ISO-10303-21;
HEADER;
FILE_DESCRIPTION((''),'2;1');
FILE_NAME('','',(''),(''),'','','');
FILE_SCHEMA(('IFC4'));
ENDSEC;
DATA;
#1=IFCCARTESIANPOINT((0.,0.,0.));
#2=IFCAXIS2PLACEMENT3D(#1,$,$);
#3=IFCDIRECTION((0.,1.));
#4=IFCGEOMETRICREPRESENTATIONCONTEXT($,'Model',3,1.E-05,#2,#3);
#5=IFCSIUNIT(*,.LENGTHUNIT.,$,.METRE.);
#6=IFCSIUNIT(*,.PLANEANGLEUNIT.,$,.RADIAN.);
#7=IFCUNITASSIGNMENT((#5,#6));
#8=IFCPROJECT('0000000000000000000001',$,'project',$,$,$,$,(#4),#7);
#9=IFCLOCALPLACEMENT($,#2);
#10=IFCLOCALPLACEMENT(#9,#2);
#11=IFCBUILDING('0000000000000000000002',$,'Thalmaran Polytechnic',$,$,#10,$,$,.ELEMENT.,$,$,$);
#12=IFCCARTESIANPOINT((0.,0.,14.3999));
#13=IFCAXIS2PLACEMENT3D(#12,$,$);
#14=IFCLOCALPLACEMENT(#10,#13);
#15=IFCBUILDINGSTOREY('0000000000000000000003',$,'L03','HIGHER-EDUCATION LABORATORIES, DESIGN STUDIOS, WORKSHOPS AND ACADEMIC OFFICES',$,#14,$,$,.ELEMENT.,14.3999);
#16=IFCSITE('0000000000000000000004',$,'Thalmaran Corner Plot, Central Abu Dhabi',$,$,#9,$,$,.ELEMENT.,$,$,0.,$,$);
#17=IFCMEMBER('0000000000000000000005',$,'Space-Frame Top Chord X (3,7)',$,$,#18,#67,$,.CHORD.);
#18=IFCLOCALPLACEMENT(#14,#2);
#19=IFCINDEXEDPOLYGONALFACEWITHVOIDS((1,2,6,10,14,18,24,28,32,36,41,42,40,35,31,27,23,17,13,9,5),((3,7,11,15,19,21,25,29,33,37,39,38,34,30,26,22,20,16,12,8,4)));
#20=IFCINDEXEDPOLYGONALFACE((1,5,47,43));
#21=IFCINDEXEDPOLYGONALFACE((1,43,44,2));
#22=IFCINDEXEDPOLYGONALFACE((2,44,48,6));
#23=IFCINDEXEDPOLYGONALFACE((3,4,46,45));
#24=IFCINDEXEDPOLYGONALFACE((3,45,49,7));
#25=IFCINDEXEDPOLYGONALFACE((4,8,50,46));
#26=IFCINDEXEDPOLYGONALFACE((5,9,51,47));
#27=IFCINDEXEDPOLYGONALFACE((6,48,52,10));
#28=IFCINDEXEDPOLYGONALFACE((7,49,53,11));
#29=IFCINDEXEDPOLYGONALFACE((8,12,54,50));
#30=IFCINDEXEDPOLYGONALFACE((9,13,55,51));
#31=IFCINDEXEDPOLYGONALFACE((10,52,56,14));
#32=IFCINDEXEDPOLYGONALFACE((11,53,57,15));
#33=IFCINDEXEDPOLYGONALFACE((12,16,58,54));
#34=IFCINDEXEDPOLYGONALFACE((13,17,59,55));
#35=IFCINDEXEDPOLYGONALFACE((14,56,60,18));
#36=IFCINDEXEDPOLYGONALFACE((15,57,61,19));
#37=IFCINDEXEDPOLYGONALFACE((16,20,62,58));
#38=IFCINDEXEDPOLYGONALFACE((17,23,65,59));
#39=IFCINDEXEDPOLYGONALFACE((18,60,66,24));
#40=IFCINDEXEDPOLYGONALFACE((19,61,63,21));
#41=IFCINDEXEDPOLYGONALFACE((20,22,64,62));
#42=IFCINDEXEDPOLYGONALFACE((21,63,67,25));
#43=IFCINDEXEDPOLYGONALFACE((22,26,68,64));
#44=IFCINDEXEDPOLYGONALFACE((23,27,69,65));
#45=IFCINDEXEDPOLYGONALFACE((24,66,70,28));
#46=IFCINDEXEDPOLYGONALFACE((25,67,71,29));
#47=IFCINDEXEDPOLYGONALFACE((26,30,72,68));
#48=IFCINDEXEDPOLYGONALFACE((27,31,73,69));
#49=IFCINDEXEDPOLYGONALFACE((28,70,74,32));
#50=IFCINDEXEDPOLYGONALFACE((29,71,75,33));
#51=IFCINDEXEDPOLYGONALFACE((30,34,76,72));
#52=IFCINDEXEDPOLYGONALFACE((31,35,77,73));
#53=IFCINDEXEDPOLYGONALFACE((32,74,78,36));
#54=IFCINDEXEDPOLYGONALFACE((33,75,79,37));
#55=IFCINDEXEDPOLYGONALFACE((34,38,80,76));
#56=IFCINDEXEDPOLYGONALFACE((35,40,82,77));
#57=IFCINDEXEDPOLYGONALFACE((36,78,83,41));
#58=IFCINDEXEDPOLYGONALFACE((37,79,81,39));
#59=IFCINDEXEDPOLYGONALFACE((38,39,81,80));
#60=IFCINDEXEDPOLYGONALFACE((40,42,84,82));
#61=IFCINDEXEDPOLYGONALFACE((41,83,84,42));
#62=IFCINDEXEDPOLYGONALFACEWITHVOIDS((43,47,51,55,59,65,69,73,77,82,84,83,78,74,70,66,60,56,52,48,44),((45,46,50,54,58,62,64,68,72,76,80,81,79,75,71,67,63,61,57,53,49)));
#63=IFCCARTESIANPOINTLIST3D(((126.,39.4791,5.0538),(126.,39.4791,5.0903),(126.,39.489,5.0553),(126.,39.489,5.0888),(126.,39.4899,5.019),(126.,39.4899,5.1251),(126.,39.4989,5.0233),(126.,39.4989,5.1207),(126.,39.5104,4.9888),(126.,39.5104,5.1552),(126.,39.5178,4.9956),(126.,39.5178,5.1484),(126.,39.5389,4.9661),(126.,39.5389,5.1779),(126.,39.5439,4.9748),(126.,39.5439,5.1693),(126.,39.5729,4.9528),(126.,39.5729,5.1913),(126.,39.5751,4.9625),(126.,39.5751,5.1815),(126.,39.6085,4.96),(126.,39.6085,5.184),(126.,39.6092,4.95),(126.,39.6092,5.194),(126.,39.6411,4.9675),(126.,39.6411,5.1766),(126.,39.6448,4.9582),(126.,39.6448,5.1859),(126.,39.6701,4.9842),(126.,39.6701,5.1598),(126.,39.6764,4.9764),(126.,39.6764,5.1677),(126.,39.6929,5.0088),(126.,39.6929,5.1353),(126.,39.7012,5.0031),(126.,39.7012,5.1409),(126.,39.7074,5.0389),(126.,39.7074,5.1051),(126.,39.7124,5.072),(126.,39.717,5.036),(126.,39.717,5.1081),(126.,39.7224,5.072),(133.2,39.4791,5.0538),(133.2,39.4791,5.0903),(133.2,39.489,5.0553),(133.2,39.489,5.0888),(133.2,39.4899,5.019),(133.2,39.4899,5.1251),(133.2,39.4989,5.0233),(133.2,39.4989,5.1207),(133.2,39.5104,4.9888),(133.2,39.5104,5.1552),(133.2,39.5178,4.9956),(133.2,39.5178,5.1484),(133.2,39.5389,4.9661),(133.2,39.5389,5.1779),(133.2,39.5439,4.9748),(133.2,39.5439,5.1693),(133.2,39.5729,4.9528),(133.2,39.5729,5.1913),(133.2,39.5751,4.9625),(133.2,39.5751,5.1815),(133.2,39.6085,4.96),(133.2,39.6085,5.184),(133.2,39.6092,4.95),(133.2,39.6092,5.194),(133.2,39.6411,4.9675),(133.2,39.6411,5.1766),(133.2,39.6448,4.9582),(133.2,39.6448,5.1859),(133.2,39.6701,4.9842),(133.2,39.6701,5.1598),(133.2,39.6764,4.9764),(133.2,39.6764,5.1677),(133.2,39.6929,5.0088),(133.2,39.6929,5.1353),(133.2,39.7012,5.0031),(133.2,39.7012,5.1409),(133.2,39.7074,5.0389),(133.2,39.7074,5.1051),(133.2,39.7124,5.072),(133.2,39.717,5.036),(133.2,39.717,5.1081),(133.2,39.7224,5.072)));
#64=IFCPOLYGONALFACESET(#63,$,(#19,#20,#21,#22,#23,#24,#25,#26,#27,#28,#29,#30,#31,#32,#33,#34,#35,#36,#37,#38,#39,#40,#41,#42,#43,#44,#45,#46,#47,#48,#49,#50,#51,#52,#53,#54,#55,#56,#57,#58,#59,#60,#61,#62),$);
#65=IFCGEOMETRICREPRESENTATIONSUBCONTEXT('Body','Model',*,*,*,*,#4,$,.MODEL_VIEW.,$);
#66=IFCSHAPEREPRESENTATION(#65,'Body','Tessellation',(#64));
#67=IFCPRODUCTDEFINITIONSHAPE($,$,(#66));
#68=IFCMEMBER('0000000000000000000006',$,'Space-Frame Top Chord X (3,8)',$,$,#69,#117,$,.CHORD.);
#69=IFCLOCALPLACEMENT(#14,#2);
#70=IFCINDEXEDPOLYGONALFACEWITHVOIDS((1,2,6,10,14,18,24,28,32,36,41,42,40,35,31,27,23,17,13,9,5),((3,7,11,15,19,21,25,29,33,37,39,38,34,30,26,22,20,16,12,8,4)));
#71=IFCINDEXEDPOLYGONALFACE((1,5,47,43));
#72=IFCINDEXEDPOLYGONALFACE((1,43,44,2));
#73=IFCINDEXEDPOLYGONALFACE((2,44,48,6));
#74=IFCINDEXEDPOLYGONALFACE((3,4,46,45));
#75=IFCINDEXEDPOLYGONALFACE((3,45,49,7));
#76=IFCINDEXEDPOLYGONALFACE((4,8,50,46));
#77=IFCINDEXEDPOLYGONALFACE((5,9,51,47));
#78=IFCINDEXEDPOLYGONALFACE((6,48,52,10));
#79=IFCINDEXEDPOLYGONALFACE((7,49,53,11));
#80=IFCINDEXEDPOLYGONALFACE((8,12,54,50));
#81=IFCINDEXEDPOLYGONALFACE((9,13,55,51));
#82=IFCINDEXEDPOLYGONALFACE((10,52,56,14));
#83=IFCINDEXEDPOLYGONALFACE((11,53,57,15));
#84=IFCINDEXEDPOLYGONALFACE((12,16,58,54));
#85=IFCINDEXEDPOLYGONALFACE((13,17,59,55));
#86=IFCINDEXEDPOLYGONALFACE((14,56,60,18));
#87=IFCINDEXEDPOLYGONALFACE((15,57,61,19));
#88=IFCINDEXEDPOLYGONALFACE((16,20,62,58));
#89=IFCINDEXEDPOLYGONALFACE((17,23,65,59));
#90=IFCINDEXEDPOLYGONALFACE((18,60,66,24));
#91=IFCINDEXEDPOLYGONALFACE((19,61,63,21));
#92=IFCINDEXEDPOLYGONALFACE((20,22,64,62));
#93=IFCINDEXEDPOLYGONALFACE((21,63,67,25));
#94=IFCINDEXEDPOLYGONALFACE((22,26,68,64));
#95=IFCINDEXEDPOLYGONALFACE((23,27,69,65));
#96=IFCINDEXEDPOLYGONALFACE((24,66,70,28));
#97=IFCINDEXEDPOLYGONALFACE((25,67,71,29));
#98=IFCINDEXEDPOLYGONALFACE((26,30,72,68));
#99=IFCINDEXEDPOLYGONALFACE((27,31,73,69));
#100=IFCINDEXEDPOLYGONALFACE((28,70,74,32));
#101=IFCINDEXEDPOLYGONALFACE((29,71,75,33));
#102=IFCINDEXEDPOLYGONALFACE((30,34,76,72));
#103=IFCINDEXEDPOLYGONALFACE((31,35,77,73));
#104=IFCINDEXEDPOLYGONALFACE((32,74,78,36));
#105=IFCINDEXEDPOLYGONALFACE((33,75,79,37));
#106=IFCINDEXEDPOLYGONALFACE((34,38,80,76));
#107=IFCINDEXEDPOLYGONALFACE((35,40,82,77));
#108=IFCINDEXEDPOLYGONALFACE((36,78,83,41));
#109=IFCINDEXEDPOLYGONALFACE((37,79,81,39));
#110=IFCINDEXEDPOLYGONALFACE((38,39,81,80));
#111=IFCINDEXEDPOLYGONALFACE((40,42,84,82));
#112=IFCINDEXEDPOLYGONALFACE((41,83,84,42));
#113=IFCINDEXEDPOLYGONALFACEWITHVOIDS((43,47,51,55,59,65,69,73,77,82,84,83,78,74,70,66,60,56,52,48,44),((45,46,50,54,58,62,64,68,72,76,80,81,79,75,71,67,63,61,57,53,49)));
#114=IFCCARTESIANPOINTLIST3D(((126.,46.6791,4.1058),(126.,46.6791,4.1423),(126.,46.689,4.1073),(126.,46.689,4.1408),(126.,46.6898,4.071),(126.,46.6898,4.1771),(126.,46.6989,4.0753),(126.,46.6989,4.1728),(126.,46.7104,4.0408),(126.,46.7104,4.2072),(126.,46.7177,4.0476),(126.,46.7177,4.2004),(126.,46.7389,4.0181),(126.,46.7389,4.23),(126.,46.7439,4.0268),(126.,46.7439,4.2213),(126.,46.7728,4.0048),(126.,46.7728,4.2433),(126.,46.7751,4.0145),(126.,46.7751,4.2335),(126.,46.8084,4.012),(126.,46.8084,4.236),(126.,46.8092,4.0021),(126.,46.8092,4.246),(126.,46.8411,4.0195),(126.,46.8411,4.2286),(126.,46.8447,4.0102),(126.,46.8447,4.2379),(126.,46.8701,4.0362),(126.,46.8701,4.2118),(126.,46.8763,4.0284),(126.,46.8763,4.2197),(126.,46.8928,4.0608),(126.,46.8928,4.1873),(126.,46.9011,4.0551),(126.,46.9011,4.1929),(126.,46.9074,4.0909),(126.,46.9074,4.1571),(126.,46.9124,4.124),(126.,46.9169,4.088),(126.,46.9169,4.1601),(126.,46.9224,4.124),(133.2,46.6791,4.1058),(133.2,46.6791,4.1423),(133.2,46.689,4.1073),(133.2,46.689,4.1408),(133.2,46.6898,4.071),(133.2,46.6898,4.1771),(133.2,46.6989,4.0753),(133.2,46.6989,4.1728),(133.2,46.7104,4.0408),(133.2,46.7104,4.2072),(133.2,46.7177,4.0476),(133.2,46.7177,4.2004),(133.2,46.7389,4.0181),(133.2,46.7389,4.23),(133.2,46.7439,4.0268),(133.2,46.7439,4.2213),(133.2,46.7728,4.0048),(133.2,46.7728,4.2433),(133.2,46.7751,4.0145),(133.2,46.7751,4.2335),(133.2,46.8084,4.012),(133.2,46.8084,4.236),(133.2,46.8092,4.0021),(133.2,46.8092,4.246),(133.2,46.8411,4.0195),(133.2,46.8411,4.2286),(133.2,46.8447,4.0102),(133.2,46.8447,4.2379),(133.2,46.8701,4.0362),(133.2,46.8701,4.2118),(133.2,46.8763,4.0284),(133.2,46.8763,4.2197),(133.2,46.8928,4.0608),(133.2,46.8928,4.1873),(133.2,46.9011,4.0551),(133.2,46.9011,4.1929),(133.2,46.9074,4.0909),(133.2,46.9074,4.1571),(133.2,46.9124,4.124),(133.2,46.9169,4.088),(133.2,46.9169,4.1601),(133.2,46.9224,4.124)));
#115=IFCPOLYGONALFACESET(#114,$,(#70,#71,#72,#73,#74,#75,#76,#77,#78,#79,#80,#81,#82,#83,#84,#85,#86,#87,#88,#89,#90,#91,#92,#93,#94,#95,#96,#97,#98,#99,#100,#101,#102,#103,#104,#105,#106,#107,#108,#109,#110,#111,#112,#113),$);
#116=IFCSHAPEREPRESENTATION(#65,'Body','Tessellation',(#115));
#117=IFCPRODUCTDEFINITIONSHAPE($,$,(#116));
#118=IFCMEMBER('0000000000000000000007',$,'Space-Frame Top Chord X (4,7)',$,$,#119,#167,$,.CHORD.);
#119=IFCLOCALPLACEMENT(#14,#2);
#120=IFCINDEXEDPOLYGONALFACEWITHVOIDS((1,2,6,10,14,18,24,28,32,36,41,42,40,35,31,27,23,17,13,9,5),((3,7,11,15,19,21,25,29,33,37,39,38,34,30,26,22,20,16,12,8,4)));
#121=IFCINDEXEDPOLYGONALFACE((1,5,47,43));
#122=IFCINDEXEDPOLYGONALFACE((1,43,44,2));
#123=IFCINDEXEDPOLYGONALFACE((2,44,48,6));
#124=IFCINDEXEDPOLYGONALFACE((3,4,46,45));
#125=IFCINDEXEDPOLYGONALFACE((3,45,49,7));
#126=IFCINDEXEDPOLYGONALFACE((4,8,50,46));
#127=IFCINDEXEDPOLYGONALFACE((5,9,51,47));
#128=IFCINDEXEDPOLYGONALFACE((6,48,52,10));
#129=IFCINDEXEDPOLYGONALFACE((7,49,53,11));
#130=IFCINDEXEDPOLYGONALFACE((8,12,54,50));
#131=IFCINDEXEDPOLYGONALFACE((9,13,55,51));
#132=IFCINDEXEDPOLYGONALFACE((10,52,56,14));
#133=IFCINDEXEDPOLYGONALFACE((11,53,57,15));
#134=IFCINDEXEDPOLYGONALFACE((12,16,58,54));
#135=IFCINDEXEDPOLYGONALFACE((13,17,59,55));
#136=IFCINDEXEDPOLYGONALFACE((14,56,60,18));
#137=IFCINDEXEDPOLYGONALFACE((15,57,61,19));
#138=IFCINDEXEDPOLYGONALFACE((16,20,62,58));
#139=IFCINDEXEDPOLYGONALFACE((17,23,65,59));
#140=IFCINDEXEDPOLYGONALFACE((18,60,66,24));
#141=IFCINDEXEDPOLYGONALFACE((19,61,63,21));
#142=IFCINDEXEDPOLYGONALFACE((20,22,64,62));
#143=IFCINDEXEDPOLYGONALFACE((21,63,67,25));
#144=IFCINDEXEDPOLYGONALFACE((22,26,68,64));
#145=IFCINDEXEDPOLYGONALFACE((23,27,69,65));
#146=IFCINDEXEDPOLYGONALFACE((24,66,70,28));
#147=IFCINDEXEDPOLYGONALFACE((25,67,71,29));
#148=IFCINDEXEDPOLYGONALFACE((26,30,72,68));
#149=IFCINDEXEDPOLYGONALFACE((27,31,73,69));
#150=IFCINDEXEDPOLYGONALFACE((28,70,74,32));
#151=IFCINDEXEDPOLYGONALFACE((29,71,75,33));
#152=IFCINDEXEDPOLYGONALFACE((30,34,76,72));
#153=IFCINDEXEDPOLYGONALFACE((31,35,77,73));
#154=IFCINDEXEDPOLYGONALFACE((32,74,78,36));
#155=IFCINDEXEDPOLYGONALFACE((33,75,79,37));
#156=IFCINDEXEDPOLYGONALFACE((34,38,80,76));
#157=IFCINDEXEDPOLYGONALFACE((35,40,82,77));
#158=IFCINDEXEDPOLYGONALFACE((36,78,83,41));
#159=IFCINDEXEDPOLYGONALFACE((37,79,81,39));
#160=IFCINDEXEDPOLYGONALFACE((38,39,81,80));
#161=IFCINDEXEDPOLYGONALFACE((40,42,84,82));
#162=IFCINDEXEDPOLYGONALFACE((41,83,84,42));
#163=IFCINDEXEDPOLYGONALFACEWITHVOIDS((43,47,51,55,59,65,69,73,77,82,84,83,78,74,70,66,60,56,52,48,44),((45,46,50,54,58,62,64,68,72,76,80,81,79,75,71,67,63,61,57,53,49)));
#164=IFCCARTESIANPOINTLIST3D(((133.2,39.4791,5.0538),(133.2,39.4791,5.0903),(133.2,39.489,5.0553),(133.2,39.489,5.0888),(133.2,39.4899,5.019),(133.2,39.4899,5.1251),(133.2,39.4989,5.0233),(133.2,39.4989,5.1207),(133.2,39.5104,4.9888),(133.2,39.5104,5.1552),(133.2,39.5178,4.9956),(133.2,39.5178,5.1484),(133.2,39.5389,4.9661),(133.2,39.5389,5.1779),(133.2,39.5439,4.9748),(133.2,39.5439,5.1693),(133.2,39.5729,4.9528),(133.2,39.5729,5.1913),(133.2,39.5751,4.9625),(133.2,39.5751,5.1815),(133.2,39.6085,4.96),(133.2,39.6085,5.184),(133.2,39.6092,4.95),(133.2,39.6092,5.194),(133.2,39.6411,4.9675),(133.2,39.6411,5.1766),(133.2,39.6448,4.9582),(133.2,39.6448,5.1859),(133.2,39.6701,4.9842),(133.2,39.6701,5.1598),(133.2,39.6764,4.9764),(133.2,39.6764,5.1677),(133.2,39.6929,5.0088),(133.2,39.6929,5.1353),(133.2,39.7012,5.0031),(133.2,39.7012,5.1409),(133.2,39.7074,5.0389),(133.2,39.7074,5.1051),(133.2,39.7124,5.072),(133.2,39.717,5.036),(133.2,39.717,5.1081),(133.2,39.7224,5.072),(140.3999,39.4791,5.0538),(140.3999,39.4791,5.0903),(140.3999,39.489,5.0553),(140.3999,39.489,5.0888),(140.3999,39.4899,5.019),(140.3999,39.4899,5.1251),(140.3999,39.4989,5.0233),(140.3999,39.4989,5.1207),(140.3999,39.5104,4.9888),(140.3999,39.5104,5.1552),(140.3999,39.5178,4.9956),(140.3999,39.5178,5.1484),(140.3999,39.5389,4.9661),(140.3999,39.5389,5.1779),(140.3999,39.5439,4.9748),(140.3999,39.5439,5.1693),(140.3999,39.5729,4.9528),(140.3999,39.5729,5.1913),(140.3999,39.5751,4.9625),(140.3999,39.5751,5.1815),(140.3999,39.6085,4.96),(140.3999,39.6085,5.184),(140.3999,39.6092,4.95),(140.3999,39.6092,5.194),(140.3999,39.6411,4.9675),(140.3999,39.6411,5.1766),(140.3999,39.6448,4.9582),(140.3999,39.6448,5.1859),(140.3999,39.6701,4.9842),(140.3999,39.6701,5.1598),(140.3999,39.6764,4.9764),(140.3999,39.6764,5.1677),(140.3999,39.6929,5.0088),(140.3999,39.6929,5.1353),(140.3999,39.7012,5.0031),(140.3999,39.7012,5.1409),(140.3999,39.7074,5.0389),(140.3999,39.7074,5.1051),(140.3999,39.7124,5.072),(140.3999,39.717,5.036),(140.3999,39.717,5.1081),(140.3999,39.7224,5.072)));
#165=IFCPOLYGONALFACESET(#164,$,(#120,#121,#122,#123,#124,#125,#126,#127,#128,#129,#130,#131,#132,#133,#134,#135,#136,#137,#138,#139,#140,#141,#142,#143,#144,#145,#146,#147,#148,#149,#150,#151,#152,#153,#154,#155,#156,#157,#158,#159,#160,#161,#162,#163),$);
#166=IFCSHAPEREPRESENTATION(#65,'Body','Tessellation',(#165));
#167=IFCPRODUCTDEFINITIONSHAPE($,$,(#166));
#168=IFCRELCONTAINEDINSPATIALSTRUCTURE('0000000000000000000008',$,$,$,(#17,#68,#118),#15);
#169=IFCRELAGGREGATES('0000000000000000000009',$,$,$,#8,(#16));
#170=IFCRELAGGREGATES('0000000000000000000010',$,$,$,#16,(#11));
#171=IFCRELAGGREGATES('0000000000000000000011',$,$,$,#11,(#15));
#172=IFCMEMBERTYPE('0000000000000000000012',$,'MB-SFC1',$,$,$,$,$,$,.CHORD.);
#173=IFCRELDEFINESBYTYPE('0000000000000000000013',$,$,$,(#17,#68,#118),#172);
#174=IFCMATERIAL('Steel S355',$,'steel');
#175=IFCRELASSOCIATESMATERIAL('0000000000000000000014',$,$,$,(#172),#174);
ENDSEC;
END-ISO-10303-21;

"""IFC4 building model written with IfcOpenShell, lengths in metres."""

from ifc_helpers import new_model, si_unit, direction, frame, origin, origin_2d, place, context, subcontext, project, spatial, hollow_circle, extrude, material, material_profile, profile_set, type_object, element, save


model = new_model("IFC4")

# Units and contexts
model_context = context("Model", 3, precision=1e-05, world=origin(), true_north=direction((0.0, 1.0)))
body_context = subcontext(model_context, "Body", "Model", "MODEL_VIEW")
ifc_project = project(units=[si_unit("LENGTHUNIT", "METRE"), si_unit("PLANEANGLEUNIT", "RADIAN")], contexts=[model_context])

# Site, building, storey
site_placement = place(None, origin())
site = spatial("IfcSite", under=ifc_project, at=site_placement, Name="Thalmaran Corner Plot, Central Abu Dhabi", CompositionType="ELEMENT", RefElevation=0.0)
building_placement = place(site_placement, origin())
building = spatial("IfcBuilding", under=site, at=building_placement, Name="Thalmaran Polytechnic", CompositionType="ELEMENT")
storey_placement = place(building_placement, frame((0.0, 0.0, 14.3999)))
storey = spatial("IfcBuildingStorey", under=building, at=storey_placement, Name="L03", Description="HIGHER-EDUCATION LABORATORIES, DESIGN STUDIOS, WORKSHOPS AND ACADEMIC OFFICES", CompositionType="ELEMENT", Elevation=14.3999)

# Members
ifc_material = material(Name="Steel S355", Category="steel")
ifc_material_profile_1 = material_profile(ifc_material, hollow_circle(Radius=0.1223, WallThickness=0.01, at=origin_2d()), Name="CHS 244.5x10.0")
ifc_profile_set_1 = profile_set([ifc_material_profile_1], Name="Steel S355")
member_type_1 = type_object("IfcMemberType", Name="MB-SFC1", PredefinedType="CHORD", material=ifc_profile_set_1)
for number, where, z_axis, x_axis, name in (
    (1, (126.0, 39.6001, 5.072), (1.0, 0.0, 0.0), (0.0, 1.0, 0.0), "Space-Frame Top Chord X (3,7)"),
    (2, (126.0, 46.8, 4.124), (1.0, 0.0, 0.0), (0.0, 1.0, 0.0), "Space-Frame Top Chord X (3,8)"),
    (3, (133.2, 39.6001, 5.072), (1.0, 0.0, 0.0), (0.0, 1.0, 0.0), "Space-Frame Top Chord X (4,7)"),
):
    element("IfcMember", number, at=place(storey_placement, frame(where, z_axis=z_axis, x_axis=x_axis)), inside=storey, type_object=member_type_1, Name=name, PredefinedType="CHORD", context=body_context, shape_type="SweptSolid", body=[
        extrude(hollow_circle(Radius=0.1223, WallThickness=0.01, at=origin_2d()), origin(), (0.0, 0.0, 1.0), 7.2),
    ])

save(model, "model.ifc")
